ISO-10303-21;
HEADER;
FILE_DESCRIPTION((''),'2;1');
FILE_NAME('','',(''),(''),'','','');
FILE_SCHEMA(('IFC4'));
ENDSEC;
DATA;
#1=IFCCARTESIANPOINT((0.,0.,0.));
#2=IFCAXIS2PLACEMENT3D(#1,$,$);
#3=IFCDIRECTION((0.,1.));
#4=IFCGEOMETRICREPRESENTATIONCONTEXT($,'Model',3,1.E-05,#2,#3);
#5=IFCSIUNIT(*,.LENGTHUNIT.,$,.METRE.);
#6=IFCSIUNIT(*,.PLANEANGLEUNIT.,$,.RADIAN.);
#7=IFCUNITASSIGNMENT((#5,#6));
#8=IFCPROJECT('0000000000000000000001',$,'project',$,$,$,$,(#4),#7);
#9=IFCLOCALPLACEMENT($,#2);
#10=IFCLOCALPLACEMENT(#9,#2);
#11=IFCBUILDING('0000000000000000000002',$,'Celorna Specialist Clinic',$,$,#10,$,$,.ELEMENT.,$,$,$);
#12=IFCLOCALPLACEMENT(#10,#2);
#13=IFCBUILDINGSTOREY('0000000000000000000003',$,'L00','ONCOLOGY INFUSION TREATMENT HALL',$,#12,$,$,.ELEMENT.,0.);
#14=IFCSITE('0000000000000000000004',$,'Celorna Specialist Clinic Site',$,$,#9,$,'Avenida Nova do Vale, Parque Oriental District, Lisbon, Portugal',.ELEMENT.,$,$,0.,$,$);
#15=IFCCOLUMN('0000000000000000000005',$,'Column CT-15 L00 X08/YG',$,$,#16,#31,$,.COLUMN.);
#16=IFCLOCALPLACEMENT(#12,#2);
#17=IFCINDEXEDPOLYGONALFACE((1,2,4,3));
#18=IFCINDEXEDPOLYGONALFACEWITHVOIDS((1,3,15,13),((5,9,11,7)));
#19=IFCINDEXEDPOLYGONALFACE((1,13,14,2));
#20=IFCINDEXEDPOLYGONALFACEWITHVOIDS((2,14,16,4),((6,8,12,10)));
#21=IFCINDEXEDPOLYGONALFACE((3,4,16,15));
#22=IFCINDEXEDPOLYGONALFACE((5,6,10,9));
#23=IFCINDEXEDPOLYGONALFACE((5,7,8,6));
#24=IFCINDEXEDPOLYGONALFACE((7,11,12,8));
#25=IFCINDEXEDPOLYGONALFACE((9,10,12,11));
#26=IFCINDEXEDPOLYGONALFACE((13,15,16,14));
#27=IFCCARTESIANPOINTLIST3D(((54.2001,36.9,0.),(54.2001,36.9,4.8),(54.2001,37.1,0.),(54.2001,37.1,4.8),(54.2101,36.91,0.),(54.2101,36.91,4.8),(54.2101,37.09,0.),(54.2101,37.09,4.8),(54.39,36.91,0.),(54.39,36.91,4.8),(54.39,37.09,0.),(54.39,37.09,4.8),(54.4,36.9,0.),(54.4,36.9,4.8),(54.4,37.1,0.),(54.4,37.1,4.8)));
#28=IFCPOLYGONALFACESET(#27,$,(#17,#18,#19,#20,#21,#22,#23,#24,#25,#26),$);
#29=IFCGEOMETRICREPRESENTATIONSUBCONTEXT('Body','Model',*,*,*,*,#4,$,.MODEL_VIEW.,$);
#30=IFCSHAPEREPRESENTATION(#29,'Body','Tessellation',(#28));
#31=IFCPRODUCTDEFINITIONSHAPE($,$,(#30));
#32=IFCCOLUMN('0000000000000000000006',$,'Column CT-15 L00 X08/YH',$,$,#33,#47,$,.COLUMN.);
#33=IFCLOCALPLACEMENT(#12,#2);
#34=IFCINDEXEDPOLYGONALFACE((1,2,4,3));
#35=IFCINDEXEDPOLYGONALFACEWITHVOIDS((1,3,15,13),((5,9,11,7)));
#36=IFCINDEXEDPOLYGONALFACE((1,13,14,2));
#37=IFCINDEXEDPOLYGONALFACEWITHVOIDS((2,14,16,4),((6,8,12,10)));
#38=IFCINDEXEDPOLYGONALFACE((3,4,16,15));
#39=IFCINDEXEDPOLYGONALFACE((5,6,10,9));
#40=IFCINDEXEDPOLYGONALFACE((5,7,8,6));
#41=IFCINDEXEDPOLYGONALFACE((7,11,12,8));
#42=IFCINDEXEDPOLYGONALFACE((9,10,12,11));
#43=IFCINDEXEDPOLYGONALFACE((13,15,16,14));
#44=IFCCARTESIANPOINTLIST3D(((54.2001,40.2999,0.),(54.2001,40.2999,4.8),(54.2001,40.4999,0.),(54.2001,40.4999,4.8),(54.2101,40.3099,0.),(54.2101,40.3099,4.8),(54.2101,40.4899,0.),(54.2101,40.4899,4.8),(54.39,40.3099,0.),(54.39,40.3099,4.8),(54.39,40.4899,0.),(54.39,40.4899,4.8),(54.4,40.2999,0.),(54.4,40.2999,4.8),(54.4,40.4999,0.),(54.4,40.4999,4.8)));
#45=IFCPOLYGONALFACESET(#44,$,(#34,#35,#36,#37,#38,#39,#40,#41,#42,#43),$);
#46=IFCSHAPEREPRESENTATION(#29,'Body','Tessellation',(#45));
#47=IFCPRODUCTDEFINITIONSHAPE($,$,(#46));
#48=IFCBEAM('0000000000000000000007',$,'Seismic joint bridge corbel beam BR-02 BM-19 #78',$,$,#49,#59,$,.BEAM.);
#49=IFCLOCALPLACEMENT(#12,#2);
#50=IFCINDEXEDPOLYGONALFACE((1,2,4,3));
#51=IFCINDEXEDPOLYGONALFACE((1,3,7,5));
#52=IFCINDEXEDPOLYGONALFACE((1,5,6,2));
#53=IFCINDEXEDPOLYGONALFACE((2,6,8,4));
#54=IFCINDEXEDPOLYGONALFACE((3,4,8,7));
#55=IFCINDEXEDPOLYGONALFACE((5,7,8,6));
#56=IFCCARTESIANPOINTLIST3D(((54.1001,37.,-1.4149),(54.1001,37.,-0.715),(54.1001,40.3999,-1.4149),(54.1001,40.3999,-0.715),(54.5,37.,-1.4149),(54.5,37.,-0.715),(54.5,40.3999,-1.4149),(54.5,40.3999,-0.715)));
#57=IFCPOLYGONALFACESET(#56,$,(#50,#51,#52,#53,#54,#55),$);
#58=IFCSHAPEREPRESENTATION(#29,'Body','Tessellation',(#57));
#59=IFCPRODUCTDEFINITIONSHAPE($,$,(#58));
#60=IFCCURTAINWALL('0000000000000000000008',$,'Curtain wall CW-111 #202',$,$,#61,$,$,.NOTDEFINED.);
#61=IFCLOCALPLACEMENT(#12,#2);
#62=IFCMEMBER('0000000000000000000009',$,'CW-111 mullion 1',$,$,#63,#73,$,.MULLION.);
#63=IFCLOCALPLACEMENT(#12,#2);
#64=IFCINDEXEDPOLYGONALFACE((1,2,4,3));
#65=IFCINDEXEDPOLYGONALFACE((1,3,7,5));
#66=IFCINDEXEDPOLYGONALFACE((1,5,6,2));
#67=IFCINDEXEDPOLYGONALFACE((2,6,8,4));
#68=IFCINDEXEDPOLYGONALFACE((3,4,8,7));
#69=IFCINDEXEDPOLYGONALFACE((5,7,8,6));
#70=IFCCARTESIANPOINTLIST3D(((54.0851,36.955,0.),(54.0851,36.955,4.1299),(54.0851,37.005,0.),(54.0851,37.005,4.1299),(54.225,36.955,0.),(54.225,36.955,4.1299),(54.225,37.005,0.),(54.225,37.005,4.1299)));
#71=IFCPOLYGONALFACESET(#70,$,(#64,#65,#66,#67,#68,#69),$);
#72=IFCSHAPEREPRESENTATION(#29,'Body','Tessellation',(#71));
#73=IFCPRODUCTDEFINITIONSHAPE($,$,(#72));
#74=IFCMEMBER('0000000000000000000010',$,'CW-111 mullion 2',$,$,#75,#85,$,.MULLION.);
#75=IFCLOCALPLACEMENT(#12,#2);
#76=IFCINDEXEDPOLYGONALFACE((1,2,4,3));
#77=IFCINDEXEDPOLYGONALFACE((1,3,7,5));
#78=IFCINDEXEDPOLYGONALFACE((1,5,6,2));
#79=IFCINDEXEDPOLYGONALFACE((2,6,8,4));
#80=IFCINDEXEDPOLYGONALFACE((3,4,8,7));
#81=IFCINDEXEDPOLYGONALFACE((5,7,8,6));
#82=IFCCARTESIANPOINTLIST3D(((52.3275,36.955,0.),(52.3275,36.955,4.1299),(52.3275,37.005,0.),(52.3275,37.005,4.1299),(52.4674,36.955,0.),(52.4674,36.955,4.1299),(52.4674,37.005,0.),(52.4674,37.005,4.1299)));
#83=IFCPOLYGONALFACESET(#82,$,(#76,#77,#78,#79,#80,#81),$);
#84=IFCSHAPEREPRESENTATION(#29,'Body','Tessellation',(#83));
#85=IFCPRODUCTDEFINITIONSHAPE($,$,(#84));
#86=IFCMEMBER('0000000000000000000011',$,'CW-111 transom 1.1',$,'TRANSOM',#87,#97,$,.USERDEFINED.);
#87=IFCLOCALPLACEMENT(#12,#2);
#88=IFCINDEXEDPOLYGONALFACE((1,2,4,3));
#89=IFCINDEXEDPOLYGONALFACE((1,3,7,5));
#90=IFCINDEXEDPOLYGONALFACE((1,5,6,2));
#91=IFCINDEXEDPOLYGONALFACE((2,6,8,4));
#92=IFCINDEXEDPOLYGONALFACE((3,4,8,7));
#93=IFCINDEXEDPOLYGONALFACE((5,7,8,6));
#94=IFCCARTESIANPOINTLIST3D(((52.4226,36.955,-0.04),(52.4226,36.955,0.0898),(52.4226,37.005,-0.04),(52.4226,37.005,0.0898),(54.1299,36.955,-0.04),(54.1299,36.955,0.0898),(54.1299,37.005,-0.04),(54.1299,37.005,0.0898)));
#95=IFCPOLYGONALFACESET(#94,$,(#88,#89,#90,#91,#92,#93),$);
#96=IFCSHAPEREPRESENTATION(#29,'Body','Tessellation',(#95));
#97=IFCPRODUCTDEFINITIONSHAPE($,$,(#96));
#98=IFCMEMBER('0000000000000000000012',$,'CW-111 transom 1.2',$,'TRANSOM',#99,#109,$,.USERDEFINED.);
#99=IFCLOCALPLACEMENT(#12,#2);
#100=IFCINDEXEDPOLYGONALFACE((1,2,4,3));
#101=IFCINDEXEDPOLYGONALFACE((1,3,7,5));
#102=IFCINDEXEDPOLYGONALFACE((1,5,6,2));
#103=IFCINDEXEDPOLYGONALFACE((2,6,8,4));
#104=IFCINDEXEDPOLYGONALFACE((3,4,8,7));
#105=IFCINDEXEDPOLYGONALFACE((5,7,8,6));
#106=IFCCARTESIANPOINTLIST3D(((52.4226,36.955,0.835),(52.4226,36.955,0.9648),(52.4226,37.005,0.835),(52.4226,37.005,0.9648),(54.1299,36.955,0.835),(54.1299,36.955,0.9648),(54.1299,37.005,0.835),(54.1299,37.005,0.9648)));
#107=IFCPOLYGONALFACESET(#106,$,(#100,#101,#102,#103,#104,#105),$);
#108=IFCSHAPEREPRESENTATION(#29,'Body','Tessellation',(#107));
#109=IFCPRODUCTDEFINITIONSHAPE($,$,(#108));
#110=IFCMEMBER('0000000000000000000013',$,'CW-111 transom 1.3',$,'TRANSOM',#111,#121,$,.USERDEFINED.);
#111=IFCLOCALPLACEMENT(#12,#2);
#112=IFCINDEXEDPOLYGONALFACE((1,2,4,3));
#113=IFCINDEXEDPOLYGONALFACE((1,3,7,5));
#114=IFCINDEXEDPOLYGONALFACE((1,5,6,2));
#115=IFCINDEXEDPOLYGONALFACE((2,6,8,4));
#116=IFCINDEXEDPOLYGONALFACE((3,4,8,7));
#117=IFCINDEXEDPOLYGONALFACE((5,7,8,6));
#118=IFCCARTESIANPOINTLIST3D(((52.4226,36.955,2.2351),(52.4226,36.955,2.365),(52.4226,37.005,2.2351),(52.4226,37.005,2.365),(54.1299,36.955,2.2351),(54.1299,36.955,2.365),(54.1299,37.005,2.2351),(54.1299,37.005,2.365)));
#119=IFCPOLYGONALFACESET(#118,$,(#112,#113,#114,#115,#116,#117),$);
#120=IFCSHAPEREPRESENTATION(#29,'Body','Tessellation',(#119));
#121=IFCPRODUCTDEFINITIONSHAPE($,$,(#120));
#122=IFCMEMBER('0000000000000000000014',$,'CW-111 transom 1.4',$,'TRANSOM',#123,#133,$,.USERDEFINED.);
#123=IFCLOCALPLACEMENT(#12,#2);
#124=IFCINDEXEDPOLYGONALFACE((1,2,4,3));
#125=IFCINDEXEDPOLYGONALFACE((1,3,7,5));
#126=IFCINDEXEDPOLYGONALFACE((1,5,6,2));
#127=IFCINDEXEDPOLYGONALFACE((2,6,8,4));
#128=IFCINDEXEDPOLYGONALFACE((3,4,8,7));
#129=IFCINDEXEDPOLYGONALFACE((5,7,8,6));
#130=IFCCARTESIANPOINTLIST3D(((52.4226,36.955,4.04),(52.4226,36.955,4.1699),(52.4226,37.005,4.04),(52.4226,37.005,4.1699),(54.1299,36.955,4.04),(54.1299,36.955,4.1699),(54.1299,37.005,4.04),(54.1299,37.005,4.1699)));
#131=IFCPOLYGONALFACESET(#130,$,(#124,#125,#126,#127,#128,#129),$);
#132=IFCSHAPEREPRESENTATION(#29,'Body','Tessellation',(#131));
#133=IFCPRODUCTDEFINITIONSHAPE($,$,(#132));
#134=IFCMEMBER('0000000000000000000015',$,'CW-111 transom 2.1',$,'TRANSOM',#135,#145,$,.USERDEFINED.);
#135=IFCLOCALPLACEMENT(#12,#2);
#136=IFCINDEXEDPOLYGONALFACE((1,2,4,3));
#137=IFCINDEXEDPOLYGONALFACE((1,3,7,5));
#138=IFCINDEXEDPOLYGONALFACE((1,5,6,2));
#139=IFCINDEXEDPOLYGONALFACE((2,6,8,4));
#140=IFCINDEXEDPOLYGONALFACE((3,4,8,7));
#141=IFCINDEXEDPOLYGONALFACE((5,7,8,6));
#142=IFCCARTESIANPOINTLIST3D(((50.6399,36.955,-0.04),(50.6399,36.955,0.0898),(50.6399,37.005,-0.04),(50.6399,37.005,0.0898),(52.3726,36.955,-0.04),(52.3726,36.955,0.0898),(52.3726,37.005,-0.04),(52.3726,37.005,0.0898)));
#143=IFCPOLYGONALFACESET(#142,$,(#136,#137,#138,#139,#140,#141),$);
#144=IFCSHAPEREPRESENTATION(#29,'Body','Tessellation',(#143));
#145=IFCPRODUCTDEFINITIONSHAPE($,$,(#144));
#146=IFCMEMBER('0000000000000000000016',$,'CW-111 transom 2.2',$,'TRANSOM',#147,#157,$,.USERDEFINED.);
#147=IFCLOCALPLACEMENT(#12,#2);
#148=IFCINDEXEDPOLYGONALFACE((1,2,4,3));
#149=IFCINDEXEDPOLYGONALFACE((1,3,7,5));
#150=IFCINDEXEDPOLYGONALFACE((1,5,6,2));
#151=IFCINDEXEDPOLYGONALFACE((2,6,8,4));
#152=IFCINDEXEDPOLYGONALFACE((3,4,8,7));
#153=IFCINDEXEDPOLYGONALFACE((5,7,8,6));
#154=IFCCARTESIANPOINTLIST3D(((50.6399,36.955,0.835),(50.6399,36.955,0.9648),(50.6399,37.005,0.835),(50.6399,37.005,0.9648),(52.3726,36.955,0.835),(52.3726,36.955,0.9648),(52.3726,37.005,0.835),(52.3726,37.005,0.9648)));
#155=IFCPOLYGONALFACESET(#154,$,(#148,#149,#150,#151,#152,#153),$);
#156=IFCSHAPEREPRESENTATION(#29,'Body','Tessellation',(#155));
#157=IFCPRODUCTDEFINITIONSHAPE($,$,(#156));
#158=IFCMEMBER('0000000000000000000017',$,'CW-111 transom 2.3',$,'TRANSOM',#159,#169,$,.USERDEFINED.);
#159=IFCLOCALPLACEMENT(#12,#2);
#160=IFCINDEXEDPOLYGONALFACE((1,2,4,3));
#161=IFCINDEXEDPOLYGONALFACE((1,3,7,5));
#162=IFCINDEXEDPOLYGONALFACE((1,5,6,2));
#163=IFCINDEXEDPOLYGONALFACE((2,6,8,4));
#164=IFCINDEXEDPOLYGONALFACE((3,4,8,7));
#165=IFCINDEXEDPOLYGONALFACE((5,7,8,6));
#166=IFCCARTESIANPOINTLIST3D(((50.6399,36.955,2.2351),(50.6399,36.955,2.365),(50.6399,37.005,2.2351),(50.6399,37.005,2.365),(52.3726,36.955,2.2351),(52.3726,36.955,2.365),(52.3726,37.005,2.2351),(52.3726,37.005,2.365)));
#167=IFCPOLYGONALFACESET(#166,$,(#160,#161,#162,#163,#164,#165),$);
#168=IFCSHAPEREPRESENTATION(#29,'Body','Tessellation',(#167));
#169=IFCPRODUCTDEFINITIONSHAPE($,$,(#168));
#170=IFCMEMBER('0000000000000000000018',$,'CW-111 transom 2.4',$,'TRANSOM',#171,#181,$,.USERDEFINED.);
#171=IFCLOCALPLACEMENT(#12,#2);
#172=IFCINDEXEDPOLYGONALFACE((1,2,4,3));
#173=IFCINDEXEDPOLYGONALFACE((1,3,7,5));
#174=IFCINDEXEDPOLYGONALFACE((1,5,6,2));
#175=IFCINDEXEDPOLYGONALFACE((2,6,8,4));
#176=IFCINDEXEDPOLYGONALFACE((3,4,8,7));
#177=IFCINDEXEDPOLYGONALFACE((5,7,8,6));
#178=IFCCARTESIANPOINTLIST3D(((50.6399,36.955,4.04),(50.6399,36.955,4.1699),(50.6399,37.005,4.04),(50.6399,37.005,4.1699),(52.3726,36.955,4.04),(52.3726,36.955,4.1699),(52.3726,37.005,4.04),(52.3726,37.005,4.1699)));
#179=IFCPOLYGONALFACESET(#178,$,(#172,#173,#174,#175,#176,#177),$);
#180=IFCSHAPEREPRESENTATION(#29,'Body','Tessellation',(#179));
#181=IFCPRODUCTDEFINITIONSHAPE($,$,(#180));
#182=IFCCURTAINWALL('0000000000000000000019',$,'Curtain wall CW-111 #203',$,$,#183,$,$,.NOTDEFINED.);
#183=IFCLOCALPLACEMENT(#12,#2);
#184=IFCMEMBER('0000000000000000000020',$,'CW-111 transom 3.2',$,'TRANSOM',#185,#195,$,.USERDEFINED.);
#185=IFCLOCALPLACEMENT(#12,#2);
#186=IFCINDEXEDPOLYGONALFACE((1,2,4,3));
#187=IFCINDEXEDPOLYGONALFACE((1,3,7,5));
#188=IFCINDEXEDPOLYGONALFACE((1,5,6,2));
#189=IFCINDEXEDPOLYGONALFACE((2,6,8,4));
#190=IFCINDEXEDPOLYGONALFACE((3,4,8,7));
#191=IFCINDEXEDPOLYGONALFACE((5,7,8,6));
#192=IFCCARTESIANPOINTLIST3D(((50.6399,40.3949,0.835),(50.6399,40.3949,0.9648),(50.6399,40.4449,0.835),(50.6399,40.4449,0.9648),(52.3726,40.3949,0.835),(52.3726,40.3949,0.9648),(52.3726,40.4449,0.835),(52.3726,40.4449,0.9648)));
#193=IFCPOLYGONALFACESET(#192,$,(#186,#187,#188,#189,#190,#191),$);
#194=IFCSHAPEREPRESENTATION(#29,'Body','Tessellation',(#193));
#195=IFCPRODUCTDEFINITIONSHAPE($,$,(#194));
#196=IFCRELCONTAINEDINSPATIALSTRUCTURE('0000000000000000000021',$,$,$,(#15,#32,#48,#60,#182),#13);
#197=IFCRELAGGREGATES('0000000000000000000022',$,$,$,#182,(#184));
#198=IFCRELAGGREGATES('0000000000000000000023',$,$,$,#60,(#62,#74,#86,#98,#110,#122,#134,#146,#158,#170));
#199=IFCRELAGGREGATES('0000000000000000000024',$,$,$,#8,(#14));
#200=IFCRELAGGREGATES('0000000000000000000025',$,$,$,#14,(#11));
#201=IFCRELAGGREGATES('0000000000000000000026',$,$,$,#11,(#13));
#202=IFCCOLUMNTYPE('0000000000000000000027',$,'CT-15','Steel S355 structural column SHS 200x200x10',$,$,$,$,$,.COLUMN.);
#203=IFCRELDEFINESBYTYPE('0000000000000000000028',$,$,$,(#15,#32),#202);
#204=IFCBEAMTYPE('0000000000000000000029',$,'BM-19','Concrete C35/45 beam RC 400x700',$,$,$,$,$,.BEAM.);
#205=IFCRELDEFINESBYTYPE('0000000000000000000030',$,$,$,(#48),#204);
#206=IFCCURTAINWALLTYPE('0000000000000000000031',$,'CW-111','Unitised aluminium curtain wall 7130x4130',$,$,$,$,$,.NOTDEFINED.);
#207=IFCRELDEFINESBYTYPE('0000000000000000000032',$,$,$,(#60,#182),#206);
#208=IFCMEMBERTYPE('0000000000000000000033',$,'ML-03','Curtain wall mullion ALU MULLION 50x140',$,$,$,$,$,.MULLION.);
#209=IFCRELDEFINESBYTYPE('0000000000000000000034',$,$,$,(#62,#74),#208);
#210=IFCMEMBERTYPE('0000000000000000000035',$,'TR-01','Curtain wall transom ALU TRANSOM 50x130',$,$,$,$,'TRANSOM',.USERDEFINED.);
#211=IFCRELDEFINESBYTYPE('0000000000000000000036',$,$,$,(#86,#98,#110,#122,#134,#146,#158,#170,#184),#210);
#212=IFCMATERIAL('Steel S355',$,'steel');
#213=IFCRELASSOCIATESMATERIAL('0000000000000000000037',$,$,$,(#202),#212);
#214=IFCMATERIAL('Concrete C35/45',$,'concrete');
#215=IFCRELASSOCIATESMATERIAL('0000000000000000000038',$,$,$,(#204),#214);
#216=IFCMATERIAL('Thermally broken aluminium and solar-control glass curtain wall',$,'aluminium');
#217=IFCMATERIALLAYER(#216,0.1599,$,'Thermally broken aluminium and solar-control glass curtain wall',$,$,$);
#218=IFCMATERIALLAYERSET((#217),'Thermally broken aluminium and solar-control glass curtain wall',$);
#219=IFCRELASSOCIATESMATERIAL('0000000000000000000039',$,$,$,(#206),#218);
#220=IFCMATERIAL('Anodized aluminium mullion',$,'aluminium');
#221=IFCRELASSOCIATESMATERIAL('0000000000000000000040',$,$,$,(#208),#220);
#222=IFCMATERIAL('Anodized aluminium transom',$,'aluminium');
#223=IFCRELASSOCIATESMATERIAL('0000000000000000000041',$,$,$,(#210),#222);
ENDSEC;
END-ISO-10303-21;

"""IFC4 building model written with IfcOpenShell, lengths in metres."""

from ifc_helpers import new_model, si_unit, direction, frame, origin, origin_2d, place, context, subcontext, project, spatial, rectangle, hollow_rectangle, extrude, material, layer, layer_set, material_profile, profile_set, type_object, element, aggregate, save


model = new_model("IFC4")

# Units and contexts
model_context = context("Model", 3, precision=1e-05, world=origin(), true_north=direction((0.0, 1.0)))
body_context = subcontext(model_context, "Body", "Model", "MODEL_VIEW")
ifc_project = project(units=[si_unit("LENGTHUNIT", "METRE"), si_unit("PLANEANGLEUNIT", "RADIAN")], contexts=[model_context])

# Site, building, storey
site_placement = place(None, origin())
site = spatial("IfcSite", under=ifc_project, at=site_placement, Name="Celorna Specialist Clinic Site", LongName="Avenida Nova do Vale, Parque Oriental District, Lisbon, Portugal", CompositionType="ELEMENT", RefElevation=0.0)
building_placement = place(site_placement, origin())
building = spatial("IfcBuilding", under=site, at=building_placement, Name="Celorna Specialist Clinic", CompositionType="ELEMENT")
storey_placement = place(building_placement, origin())
storey = spatial("IfcBuildingStorey", under=building, at=storey_placement, Name="L00", Description="ONCOLOGY INFUSION TREATMENT HALL", CompositionType="ELEMENT", Elevation=0.0)

# Columns
ifc_material_1 = material(Name="Steel S355", Category="steel")
ifc_material_profile_1 = material_profile(ifc_material_1, hollow_rectangle(XDim=0.2, YDim=0.2, WallThickness=0.01, at=origin_2d()), Name="SHS 200x200x10")
ifc_profile_set_1 = profile_set([ifc_material_profile_1], Name="Steel S355")
column_type = type_object("IfcColumnType", Name="CT-15", Description="Steel S355 structural column SHS 200x200x10", PredefinedType="COLUMN", material=ifc_profile_set_1)
for number, where, z_axis, x_axis, name in (
    (1, (54.3, 37.0, 0.0), (0.0, 0.0, 1.0), (1.0, 0.0, 0.0), "Column CT-15 L00 X08/YG"),
    (2, (54.3, 40.3999, 0.0), (0.0, 0.0, 1.0), (1.0, 0.0, 0.0), "Column CT-15 L00 X08/YH"),
):
    element("IfcColumn", number, at=place(storey_placement, frame(where, z_axis=z_axis, x_axis=x_axis)), inside=storey, type_object=column_type, Name=name, PredefinedType="COLUMN", context=body_context, shape_type="SweptSolid", body=[
        extrude(hollow_rectangle(XDim=0.2, YDim=0.2, WallThickness=0.01, at=origin_2d()), origin(), (0.0, 0.0, 1.0), 4.8),
    ])

# Beam
ifc_material_2 = material(Name="Concrete C35/45", Category="concrete")
ifc_material_profile_2 = material_profile(ifc_material_2, rectangle(XDim=0.3999, YDim=0.7, at=origin_2d()), Name="RC 400x700")
ifc_profile_set_2 = profile_set([ifc_material_profile_2], Name="Concrete C35/45")
beam_type = type_object("IfcBeamType", Name="BM-19", Description="Concrete C35/45 beam RC 400x700", PredefinedType="BEAM", material=ifc_profile_set_2)
beam_placement = place(storey_placement, frame((54.3, 37.0, -1.0649), z_axis=(0.0, 1.0, 0.0), x_axis=(-1.0, 0.0, 0.0)))
element("IfcBeam", 3, at=beam_placement, inside=storey, type_object=beam_type, Name="Seismic joint bridge corbel beam BR-02 BM-19 #78", PredefinedType="BEAM", context=body_context, shape_type="SweptSolid", body=[
    extrude(rectangle(XDim=0.3999, YDim=0.7, at=origin_2d()), origin(), (0.0, 0.0, 1.0), 3.3999),
])

# Curtain walls, members
ifc_material_3 = material(Name="Thermally broken aluminium and solar-control glass curtain wall", Category="aluminium")
ifc_layer_1 = layer(ifc_material_3, 0.1599, Name="Thermally broken aluminium and solar-control glass curtain wall")
ifc_layer_set_1 = layer_set([ifc_layer_1], Name="Thermally broken aluminium and solar-control glass curtain wall")
curtain_wall_type = type_object("IfcCurtainWallType", Name="CW-111", Description="Unitised aluminium curtain wall 7130x4130", PredefinedType="NOTDEFINED", material=ifc_layer_set_1)
curtain_wall_1_placement = place(storey_placement, origin())
curtain_wall_1 = element("IfcCurtainWall", 4, at=curtain_wall_1_placement, inside=storey, type_object=curtain_wall_type, Name="Curtain wall CW-111 #202", PredefinedType="NOTDEFINED")
ifc_material_4 = material(Name="Anodized aluminium mullion", Category="aluminium")
ifc_material_profile_3 = material_profile(ifc_material_4, rectangle(XDim=0.05, YDim=0.1399, at=origin_2d()), Name="ALU MULLION 50x140")
ifc_profile_set_3 = profile_set([ifc_material_profile_3], Name="Anodized aluminium mullion")
member_type_1 = type_object("IfcMemberType", Name="ML-03", Description="Curtain wall mullion ALU MULLION 50x140", PredefinedType="MULLION", material=ifc_profile_set_3)
member_1_placement = place(storey_placement, frame((54.155, 36.98, 0.0), z_axis=(0.0, 0.0, 1.0), x_axis=(0.0, -1.0, 0.0)))
member_1 = element("IfcMember", 5, at=member_1_placement, type_object=member_type_1, Name="CW-111 mullion 1", PredefinedType="MULLION", context=body_context, shape_type="SweptSolid", body=[
    extrude(rectangle(XDim=0.05, YDim=0.1399, at=origin_2d()), origin(), (0.0, 0.0, 1.0), 4.1299),
])
member_2_placement = place(storey_placement, frame((52.3975, 36.98, 0.0), z_axis=(0.0, 0.0, 1.0), x_axis=(0.0, -1.0, 0.0)))
member_2 = element("IfcMember", 6, at=member_2_placement, type_object=member_type_1, Name="CW-111 mullion 2", PredefinedType="MULLION", context=body_context, shape_type="SweptSolid", body=[
    extrude(rectangle(XDim=0.05, YDim=0.1399, at=origin_2d()), origin(), (0.0, 0.0, 1.0), 4.1299),
])
ifc_material_5 = material(Name="Anodized aluminium transom", Category="aluminium")
ifc_material_profile_4 = material_profile(ifc_material_5, rectangle(XDim=0.05, YDim=0.1299, at=origin_2d()), Name="ALU TRANSOM 50x130")
ifc_profile_set_4 = profile_set([ifc_material_profile_4], Name="Anodized aluminium transom")
member_type_2 = type_object("IfcMemberType", Name="TR-01", Description="Curtain wall transom ALU TRANSOM 50x130", ElementType="TRANSOM", PredefinedType="USERDEFINED", material=ifc_profile_set_4)
member_3_placement = place(storey_placement, frame((54.1299, 36.98, 0.0249), z_axis=(-1.0, 0.0, 0.0), x_axis=(0.0, -1.0, 0.0)))
member_3 = element("IfcMember", 7, at=member_3_placement, type_object=member_type_2, Name="CW-111 transom 1.1", ObjectType="TRANSOM", PredefinedType="USERDEFINED", context=body_context, shape_type="SweptSolid", body=[
    extrude(rectangle(XDim=0.05, YDim=0.1299, at=origin_2d()), origin(), (0.0, 0.0, 1.0), 1.7073),
])
member_4_placement = place(storey_placement, frame((54.1299, 36.98, 0.8999), z_axis=(-1.0, 0.0, 0.0), x_axis=(0.0, -1.0, 0.0)))
member_4 = element("IfcMember", 8, at=member_4_placement, type_object=member_type_2, Name="CW-111 transom 1.2", ObjectType="TRANSOM", PredefinedType="USERDEFINED", context=body_context, shape_type="SweptSolid", body=[
    extrude(rectangle(XDim=0.05, YDim=0.1299, at=origin_2d()), origin(), (0.0, 0.0, 1.0), 1.7073),
])
member_5_placement = place(storey_placement, frame((54.1299, 36.98, 2.3), z_axis=(-1.0, 0.0, 0.0), x_axis=(0.0, -1.0, 0.0)))
member_5 = element("IfcMember", 9, at=member_5_placement, type_object=member_type_2, Name="CW-111 transom 1.3", ObjectType="TRANSOM", PredefinedType="USERDEFINED", context=body_context, shape_type="SweptSolid", body=[
    extrude(rectangle(XDim=0.05, YDim=0.1299, at=origin_2d()), origin(), (0.0, 0.0, 1.0), 1.7073),
])
member_6_placement = place(storey_placement, frame((54.1299, 36.98, 4.105), z_axis=(-1.0, 0.0, 0.0), x_axis=(0.0, -1.0, 0.0)))
member_6 = element("IfcMember", 10, at=member_6_placement, type_object=member_type_2, Name="CW-111 transom 1.4", ObjectType="TRANSOM", PredefinedType="USERDEFINED", context=body_context, shape_type="SweptSolid", body=[
    extrude(rectangle(XDim=0.05, YDim=0.1299, at=origin_2d()), origin(), (0.0, 0.0, 1.0), 1.7073),
])
member_7_placement = place(storey_placement, frame((52.3726, 36.98, 0.0249), z_axis=(-1.0, 0.0, 0.0), x_axis=(0.0, -1.0, 0.0)))
member_7 = element("IfcMember", 11, at=member_7_placement, type_object=member_type_2, Name="CW-111 transom 2.1", ObjectType="TRANSOM", PredefinedType="USERDEFINED", context=body_context, shape_type="SweptSolid", body=[
    extrude(rectangle(XDim=0.05, YDim=0.1299, at=origin_2d()), origin(), (0.0, 0.0, 1.0), 1.7327),
])
member_8_placement = place(storey_placement, frame((52.3726, 36.98, 0.8999), z_axis=(-1.0, 0.0, 0.0), x_axis=(0.0, -1.0, 0.0)))
member_8 = element("IfcMember", 12, at=member_8_placement, type_object=member_type_2, Name="CW-111 transom 2.2", ObjectType="TRANSOM", PredefinedType="USERDEFINED", context=body_context, shape_type="SweptSolid", body=[
    extrude(rectangle(XDim=0.05, YDim=0.1299, at=origin_2d()), origin(), (0.0, 0.0, 1.0), 1.7327),
])
member_9_placement = place(storey_placement, frame((52.3726, 36.98, 2.3), z_axis=(-1.0, 0.0, 0.0), x_axis=(0.0, -1.0, 0.0)))
member_9 = element("IfcMember", 13, at=member_9_placement, type_object=member_type_2, Name="CW-111 transom 2.3", ObjectType="TRANSOM", PredefinedType="USERDEFINED", context=body_context, shape_type="SweptSolid", body=[
    extrude(rectangle(XDim=0.05, YDim=0.1299, at=origin_2d()), origin(), (0.0, 0.0, 1.0), 1.7327),
])
member_10_placement = place(storey_placement, frame((52.3726, 36.98, 4.105), z_axis=(-1.0, 0.0, 0.0), x_axis=(0.0, -1.0, 0.0)))
member_10 = element("IfcMember", 14, at=member_10_placement, type_object=member_type_2, Name="CW-111 transom 2.4", ObjectType="TRANSOM", PredefinedType="USERDEFINED", context=body_context, shape_type="SweptSolid", body=[
    extrude(rectangle(XDim=0.05, YDim=0.1299, at=origin_2d()), origin(), (0.0, 0.0, 1.0), 1.7327),
])
curtain_wall_2_placement = place(storey_placement, origin())
curtain_wall_2 = element("IfcCurtainWall", 15, at=curtain_wall_2_placement, inside=storey, type_object=curtain_wall_type, Name="Curtain wall CW-111 #203", PredefinedType="NOTDEFINED")
member_11_placement = place(storey_placement, frame((50.6399, 40.4199, 0.8999), z_axis=(1.0, 0.0, 0.0), x_axis=(0.0, 1.0, 0.0)))
member_11 = element("IfcMember", 16, at=member_11_placement, type_object=member_type_2, Name="CW-111 transom 3.2", ObjectType="TRANSOM", PredefinedType="USERDEFINED", context=body_context, shape_type="SweptSolid", body=[
    extrude(rectangle(XDim=0.05, YDim=0.1299, at=origin_2d()), origin(), (0.0, 0.0, 1.0), 1.7327),
])
aggregate(curtain_wall_2, [member_11])

aggregate(curtain_wall_1, [member_1, member_2, member_3, member_4, member_5, member_6, member_7, member_8, member_9, member_10])

save(model, "model.ifc")
